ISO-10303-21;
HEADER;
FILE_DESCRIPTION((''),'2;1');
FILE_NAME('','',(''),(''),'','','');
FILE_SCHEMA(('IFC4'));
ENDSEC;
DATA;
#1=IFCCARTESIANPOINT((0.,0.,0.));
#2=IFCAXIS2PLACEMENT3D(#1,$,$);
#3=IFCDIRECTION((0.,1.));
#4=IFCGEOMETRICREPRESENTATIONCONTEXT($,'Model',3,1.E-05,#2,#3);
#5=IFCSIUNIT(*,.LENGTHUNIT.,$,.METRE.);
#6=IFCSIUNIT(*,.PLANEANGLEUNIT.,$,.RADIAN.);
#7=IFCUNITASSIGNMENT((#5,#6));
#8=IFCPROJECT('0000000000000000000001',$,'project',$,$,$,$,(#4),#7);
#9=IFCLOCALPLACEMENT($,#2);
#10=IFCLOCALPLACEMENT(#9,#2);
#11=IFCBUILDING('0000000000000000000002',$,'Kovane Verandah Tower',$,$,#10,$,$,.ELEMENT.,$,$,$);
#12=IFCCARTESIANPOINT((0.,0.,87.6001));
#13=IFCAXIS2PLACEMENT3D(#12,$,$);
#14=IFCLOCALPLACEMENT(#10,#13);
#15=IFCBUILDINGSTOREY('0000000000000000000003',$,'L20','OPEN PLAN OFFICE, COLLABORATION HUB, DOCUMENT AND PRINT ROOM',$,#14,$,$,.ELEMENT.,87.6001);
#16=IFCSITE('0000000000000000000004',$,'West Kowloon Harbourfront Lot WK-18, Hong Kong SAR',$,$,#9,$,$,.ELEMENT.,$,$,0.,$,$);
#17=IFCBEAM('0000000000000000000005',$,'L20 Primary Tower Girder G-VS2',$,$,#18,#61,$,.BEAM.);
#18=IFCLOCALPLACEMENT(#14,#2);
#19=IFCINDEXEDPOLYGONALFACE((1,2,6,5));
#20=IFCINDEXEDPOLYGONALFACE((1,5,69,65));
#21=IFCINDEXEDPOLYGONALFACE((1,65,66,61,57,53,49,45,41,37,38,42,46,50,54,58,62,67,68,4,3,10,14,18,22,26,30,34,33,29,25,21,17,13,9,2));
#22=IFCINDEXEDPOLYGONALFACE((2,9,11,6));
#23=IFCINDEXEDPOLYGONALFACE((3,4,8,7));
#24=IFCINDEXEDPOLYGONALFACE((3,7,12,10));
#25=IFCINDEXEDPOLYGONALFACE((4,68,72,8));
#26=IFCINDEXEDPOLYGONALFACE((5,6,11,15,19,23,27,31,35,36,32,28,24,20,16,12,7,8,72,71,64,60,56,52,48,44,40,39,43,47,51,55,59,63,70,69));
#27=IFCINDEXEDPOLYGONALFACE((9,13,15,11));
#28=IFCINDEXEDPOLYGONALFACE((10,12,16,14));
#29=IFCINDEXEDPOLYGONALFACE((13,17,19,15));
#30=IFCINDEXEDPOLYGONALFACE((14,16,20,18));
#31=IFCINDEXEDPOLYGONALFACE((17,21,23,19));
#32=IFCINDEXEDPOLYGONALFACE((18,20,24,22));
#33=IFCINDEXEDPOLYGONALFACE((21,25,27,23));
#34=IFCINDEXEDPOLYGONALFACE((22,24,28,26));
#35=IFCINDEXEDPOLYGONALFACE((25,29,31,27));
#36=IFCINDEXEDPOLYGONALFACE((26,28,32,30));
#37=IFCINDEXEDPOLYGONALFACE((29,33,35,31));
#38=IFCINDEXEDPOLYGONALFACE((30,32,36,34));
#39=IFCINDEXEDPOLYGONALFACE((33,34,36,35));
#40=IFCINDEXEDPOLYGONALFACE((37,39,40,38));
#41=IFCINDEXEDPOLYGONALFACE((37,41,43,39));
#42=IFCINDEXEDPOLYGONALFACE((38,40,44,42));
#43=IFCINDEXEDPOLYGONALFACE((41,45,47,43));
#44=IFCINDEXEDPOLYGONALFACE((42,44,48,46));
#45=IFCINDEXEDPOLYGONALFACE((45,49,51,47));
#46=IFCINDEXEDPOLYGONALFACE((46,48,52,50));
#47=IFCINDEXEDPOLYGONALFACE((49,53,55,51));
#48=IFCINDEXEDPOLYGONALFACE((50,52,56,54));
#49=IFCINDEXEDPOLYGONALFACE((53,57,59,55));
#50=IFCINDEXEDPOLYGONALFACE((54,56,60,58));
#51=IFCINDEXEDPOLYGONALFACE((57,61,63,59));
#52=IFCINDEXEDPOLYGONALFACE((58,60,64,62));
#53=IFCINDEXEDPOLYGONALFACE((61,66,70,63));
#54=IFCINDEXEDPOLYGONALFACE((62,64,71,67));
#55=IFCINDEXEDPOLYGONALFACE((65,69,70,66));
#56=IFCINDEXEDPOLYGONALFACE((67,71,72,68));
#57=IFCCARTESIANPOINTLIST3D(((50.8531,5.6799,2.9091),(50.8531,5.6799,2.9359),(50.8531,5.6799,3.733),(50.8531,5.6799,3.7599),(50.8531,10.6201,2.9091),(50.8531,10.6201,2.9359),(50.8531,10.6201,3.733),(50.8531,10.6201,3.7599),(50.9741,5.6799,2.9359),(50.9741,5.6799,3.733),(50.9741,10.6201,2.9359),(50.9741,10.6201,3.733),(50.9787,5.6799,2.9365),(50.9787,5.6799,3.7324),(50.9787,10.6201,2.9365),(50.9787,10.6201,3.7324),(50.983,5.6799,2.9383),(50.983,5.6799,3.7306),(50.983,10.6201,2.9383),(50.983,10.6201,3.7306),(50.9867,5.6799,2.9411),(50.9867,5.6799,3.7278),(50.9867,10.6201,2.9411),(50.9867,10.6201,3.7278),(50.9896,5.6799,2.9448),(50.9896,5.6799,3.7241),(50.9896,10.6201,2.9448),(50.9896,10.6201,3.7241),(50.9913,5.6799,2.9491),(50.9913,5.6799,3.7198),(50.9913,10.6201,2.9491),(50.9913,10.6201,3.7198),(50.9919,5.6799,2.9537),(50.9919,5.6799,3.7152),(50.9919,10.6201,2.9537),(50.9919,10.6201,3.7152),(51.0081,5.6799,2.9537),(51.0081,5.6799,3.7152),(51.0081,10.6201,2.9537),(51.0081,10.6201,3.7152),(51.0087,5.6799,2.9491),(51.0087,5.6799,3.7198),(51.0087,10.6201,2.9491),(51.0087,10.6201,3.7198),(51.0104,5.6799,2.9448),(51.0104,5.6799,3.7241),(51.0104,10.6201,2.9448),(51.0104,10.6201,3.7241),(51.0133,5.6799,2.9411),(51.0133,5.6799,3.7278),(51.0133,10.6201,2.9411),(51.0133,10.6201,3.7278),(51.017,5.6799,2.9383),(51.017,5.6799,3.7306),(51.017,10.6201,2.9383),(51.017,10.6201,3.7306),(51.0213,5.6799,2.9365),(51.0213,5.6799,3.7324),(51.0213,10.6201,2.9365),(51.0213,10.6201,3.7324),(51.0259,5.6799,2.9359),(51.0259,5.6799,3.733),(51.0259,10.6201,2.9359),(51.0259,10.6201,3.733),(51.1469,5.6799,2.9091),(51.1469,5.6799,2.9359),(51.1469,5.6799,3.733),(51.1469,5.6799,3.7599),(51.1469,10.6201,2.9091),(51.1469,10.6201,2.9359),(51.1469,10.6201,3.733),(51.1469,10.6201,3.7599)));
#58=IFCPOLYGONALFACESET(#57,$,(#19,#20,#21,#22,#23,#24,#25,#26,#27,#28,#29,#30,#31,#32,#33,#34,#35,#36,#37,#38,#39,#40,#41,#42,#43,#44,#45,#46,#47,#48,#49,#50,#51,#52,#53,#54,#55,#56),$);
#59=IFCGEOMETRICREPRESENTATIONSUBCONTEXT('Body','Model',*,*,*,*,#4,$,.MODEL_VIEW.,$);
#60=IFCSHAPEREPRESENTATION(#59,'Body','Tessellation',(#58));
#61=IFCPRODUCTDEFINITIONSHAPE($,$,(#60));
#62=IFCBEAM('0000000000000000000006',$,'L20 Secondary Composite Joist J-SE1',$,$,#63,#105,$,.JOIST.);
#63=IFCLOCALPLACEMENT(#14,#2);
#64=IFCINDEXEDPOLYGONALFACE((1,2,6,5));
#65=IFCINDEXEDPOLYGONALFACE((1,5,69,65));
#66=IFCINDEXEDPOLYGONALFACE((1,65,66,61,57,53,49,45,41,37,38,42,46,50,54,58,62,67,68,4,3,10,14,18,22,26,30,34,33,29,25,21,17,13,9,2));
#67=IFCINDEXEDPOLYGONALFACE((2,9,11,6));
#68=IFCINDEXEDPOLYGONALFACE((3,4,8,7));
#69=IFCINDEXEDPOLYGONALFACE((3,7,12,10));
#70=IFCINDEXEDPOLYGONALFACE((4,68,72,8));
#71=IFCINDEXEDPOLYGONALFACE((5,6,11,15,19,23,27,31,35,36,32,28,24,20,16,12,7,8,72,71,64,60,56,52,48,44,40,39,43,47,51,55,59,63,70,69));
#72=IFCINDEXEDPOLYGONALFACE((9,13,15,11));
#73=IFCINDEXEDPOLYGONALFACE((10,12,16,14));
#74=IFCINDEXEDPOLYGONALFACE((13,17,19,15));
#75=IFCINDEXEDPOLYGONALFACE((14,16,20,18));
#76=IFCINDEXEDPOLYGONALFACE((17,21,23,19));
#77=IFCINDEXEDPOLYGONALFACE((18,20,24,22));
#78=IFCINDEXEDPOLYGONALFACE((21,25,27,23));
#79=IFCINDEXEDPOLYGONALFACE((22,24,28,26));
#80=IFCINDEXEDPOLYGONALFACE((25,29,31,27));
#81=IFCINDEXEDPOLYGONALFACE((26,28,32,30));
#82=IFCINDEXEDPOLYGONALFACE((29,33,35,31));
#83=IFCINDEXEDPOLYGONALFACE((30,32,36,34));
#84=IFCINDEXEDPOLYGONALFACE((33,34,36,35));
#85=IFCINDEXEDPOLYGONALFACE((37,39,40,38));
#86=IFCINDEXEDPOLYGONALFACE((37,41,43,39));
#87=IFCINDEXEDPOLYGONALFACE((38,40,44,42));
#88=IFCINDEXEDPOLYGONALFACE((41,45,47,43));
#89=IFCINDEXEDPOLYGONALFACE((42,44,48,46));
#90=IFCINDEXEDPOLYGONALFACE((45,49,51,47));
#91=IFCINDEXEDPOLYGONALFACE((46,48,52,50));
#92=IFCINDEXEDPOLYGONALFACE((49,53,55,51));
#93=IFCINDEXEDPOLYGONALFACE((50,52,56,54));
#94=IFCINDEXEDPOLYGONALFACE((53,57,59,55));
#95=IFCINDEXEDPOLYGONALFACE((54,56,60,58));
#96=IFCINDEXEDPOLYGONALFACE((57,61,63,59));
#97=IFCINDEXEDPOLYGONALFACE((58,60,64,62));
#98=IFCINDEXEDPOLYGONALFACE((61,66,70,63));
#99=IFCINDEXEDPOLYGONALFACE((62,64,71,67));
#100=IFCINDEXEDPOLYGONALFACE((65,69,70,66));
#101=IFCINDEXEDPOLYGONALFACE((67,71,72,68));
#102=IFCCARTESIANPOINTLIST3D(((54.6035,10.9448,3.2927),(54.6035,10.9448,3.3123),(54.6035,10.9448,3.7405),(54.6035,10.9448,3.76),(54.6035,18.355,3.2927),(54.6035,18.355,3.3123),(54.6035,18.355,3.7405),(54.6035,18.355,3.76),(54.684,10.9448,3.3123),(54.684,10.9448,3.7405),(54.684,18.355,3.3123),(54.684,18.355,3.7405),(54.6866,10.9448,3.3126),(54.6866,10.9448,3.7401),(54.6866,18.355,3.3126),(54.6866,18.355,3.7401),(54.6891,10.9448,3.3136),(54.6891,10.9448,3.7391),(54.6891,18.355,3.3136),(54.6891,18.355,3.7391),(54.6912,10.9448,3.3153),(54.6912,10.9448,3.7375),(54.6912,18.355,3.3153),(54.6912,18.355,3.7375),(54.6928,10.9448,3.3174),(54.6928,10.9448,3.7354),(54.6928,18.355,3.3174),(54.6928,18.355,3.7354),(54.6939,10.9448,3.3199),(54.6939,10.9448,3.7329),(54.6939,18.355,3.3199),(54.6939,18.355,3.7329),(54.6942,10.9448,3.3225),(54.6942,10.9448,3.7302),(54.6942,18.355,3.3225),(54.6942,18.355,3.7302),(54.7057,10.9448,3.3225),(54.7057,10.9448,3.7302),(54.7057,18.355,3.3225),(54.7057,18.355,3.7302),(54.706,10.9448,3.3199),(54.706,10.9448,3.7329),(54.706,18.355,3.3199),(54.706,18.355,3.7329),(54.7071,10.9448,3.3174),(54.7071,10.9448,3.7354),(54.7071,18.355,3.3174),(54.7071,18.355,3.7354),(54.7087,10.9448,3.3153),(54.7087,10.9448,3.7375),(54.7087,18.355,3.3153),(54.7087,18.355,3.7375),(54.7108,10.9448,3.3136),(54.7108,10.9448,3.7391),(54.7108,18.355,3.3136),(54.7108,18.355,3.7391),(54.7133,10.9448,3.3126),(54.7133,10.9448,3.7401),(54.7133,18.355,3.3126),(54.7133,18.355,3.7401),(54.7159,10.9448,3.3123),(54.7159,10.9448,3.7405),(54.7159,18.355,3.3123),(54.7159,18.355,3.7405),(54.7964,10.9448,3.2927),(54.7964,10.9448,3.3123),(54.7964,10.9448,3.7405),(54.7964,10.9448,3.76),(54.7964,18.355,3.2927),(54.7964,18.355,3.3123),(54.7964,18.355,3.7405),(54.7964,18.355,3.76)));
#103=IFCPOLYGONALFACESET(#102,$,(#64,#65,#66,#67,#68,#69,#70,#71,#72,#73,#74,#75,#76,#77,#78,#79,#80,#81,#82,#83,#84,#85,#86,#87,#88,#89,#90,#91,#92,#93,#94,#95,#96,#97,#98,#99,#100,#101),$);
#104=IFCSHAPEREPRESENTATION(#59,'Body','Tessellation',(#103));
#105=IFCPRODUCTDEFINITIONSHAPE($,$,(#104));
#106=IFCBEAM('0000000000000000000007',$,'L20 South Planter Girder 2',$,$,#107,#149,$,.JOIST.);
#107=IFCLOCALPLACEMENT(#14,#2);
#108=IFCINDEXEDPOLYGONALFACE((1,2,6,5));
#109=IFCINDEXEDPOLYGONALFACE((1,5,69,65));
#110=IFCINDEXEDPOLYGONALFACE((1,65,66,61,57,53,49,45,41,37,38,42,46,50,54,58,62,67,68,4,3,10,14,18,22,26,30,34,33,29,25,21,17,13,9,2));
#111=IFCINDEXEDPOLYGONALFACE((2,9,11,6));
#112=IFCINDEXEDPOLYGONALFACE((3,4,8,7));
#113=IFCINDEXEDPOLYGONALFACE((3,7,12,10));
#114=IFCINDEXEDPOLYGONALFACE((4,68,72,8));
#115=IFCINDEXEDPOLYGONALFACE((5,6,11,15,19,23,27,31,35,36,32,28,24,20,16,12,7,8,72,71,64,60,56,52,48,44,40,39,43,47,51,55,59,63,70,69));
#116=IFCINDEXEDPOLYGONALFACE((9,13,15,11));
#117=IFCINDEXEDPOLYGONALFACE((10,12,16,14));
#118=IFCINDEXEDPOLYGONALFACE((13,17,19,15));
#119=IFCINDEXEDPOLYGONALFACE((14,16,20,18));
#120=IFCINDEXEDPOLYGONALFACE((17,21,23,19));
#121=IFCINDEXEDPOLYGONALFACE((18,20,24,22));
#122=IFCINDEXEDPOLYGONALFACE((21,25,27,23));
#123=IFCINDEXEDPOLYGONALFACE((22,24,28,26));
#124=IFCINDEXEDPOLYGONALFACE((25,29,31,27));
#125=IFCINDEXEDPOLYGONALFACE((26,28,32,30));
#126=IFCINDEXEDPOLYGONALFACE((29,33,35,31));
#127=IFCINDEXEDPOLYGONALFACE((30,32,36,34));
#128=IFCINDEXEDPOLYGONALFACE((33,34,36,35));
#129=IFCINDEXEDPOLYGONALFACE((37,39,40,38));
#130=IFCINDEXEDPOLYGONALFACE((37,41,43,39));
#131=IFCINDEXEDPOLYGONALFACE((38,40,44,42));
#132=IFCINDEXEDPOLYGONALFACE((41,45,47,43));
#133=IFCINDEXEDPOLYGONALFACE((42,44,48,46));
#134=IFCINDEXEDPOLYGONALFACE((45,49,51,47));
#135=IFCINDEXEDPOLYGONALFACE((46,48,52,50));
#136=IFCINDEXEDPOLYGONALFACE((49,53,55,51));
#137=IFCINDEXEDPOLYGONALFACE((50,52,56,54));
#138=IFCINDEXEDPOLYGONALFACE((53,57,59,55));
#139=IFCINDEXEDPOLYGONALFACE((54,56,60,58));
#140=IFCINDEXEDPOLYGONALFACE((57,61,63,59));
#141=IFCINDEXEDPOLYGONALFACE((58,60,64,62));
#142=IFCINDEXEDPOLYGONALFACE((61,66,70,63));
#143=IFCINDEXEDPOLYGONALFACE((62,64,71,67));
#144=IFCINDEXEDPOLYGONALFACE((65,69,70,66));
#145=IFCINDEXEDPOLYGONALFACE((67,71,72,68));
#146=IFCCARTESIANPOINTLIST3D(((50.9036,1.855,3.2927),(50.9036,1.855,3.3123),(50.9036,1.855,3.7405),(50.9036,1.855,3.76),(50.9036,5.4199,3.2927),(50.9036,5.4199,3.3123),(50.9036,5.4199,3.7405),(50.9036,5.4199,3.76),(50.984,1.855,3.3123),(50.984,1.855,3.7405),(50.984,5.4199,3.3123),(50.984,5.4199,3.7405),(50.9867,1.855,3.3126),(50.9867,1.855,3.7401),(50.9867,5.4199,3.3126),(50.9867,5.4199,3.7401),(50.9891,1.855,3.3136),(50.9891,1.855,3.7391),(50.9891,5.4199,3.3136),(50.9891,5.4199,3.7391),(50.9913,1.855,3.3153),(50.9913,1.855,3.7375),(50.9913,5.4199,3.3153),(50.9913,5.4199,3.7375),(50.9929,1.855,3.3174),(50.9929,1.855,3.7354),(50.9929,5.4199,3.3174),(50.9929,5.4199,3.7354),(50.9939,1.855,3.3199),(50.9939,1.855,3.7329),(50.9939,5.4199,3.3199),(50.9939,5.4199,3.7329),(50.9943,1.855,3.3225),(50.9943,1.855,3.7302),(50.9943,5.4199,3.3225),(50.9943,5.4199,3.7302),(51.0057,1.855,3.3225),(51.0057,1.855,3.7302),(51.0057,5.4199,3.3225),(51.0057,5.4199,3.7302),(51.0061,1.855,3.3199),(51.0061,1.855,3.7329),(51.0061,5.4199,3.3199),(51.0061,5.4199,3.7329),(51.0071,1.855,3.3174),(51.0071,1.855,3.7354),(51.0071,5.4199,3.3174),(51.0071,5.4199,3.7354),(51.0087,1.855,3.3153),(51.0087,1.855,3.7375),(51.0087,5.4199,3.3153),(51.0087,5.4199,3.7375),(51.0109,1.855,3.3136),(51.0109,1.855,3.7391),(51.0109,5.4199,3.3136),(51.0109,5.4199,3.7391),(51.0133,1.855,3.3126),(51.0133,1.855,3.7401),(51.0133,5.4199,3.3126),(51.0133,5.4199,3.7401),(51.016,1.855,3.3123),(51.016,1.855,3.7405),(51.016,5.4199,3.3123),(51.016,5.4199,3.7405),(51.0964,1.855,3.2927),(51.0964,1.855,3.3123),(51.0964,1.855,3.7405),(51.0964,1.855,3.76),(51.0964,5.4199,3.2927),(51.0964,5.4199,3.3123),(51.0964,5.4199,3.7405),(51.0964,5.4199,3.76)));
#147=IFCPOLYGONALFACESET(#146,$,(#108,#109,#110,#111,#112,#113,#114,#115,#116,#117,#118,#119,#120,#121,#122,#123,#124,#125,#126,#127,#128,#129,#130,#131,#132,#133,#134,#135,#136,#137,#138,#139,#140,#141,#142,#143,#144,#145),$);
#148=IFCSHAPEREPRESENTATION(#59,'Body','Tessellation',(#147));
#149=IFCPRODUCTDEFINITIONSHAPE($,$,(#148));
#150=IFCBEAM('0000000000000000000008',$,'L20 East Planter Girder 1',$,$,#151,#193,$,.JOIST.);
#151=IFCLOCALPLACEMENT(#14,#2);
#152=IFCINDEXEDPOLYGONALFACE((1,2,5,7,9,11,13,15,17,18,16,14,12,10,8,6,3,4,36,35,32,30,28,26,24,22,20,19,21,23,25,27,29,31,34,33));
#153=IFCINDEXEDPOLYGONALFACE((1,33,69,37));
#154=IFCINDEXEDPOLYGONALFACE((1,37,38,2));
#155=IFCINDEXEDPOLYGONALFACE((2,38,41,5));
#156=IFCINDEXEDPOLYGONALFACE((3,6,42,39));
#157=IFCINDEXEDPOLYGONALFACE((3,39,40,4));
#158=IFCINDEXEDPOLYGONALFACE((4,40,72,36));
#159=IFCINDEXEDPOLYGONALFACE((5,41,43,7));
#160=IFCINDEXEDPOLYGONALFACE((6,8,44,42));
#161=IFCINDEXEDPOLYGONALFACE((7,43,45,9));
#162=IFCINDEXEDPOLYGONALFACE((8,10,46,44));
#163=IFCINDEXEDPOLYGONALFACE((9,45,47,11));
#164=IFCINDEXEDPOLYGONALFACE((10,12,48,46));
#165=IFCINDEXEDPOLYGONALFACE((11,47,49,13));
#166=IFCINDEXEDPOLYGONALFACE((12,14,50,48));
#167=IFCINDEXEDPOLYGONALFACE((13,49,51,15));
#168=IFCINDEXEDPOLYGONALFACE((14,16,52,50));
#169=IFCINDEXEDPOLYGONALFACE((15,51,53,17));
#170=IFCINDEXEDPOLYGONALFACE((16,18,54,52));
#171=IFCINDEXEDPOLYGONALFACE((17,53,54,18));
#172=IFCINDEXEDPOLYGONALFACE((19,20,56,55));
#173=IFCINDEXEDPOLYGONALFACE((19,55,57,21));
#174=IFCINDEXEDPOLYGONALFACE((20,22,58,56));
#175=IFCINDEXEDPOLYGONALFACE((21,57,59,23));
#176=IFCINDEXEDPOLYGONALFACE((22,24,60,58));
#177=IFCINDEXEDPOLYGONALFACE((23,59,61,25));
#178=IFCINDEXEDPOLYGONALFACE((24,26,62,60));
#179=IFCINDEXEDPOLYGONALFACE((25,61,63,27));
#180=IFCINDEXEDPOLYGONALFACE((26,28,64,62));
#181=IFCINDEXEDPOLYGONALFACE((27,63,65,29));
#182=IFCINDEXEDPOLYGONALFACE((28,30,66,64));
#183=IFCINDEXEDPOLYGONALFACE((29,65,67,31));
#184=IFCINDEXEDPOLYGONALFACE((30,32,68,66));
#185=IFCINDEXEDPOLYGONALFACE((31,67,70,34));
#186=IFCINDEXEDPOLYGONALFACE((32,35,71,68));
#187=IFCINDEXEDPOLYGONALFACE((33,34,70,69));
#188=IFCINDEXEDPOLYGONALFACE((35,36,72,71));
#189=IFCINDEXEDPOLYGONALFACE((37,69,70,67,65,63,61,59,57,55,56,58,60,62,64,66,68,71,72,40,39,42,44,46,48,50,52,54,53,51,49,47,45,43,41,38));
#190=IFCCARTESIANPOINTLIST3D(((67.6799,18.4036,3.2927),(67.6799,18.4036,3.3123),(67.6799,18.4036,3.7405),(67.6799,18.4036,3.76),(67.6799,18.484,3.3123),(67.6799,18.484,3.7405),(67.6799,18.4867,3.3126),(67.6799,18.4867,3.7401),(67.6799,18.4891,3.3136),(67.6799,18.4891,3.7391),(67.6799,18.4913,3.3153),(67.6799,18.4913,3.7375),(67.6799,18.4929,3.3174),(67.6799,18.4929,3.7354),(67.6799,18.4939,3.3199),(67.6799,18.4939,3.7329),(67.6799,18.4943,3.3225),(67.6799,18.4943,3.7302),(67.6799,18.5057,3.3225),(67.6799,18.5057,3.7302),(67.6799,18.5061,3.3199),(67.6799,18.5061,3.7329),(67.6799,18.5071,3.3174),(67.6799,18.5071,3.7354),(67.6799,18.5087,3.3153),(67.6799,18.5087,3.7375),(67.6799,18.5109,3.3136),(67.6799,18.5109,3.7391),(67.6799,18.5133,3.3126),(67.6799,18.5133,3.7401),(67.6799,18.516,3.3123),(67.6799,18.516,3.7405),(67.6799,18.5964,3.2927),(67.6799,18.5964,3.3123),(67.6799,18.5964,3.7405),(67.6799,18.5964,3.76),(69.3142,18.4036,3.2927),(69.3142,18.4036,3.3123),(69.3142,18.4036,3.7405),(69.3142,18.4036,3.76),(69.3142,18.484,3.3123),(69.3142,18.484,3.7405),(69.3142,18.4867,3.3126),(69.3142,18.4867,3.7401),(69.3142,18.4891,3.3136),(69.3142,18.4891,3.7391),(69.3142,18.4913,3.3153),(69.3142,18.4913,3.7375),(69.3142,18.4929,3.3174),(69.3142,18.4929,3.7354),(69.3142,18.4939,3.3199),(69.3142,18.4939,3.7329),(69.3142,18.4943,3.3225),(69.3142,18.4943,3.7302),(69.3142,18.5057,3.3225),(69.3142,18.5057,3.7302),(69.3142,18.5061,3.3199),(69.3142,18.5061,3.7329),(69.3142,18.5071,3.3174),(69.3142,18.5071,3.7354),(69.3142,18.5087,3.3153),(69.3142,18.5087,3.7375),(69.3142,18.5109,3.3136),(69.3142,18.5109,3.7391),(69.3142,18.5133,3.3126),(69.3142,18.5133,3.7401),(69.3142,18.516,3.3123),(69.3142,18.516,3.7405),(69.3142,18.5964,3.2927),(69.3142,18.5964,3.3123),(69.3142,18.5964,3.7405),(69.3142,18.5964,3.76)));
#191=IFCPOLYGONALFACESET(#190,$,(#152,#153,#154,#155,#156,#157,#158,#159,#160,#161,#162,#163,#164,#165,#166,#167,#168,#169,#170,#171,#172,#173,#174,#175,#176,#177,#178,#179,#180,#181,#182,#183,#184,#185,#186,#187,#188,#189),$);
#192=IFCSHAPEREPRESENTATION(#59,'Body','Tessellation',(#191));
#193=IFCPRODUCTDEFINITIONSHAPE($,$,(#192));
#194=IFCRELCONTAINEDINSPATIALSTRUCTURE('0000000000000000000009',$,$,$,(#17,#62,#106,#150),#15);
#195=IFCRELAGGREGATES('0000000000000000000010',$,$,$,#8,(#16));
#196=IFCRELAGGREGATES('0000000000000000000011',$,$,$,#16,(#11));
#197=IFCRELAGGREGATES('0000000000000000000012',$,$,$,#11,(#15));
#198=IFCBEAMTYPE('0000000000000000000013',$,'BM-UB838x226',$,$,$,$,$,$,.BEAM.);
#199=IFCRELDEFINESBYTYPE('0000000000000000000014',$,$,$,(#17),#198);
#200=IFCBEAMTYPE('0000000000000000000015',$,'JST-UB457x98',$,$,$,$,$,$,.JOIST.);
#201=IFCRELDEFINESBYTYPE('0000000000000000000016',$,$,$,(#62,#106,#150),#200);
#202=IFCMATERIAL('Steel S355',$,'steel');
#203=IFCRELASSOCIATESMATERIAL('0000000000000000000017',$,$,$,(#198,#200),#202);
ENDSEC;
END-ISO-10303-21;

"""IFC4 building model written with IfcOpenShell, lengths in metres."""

from ifc_helpers import new_model, si_unit, direction, frame, origin, origin_2d, place, context, subcontext, project, spatial, i_section, extrude, material, material_profile, profile_set, type_object, element, save


model = new_model("IFC4")

# Units and contexts
model_context = context("Model", 3, precision=1e-05, world=origin(), true_north=direction((0.0, 1.0)))
body_context = subcontext(model_context, "Body", "Model", "MODEL_VIEW")
ifc_project = project(units=[si_unit("LENGTHUNIT", "METRE"), si_unit("PLANEANGLEUNIT", "RADIAN")], contexts=[model_context])

# Site, building, storey
site_placement = place(None, origin())
site = spatial("IfcSite", under=ifc_project, at=site_placement, Name="West Kowloon Harbourfront Lot WK-18, Hong Kong SAR", CompositionType="ELEMENT", RefElevation=0.0)
building_placement = place(site_placement, origin())
building = spatial("IfcBuilding", under=site, at=building_placement, Name="Kovane Verandah Tower", CompositionType="ELEMENT")
storey_placement = place(building_placement, frame((0.0, 0.0, 87.6001)))
storey = spatial("IfcBuildingStorey", under=building, at=storey_placement, Name="L20", Description="OPEN PLAN OFFICE, COLLABORATION HUB, DOCUMENT AND PRINT ROOM", CompositionType="ELEMENT", Elevation=87.6001)

# Beams
ifc_material_1 = material(Name="Steel S355", Category="steel")
ifc_material_profile_1 = material_profile(ifc_material_1, i_section(OverallWidth=0.2937, OverallDepth=0.8508, WebThickness=0.0161, FlangeThickness=0.0269, FilletRadius=0.0178, at=origin_2d()), Name="UB838x292x226")
ifc_profile_set_1 = profile_set([ifc_material_profile_1], Name="Steel S355")
beam_type_1 = type_object("IfcBeamType", Name="BM-UB838x226", PredefinedType="BEAM", material=ifc_profile_set_1)
beam_1_placement = place(storey_placement, frame((51.0, 10.6201, 3.3345), z_axis=(0.0, -1.0, 0.0), x_axis=(1.0, 0.0, 0.0)))
element("IfcBeam", 1, at=beam_1_placement, inside=storey, type_object=beam_type_1, Name="L20 Primary Tower Girder G-VS2", PredefinedType="BEAM", context=body_context, shape_type="SweptSolid", body=[
    extrude(i_section(OverallWidth=0.2937, OverallDepth=0.8508, WebThickness=0.0161, FlangeThickness=0.0269, FilletRadius=0.0178, at=origin_2d()), origin(), (0.0, 0.0, 1.0), 4.9402),
])
ifc_material_profile_2 = material_profile(ifc_material_1, i_section(OverallWidth=0.1929, OverallDepth=0.4673, WebThickness=0.0115, FlangeThickness=0.0195, FilletRadius=0.0103, at=origin_2d()), Name="UB457x191x98")
ifc_profile_set_2 = profile_set([ifc_material_profile_2], Name="Steel S355")
beam_type_2 = type_object("IfcBeamType", Name="JST-UB457x98", PredefinedType="JOIST", material=ifc_profile_set_2)
beam_2_placement = place(storey_placement, frame((54.7, 10.9448, 3.5264), z_axis=(0.0, 1.0, 0.0), x_axis=(-1.0, 0.0, 0.0)))
element("IfcBeam", 2, at=beam_2_placement, inside=storey, type_object=beam_type_2, Name="L20 Secondary Composite Joist J-SE1", PredefinedType="JOIST", context=body_context, shape_type="SweptSolid", body=[
    extrude(i_section(OverallWidth=0.1929, OverallDepth=0.4673, WebThickness=0.0115, FlangeThickness=0.0195, FilletRadius=0.0103, at=origin_2d()), origin(), (0.0, 0.0, 1.0), 7.4102),
])
beam_3_placement = place(storey_placement, frame((51.0, 5.4199, 3.5264), z_axis=(0.0, -1.0, 0.0), x_axis=(1.0, 0.0, 0.0)))
element("IfcBeam", 3, at=beam_3_placement, inside=storey, type_object=beam_type_2, Name="L20 South Planter Girder 2", PredefinedType="JOIST", context=body_context, shape_type="SweptSolid", body=[
    extrude(i_section(OverallWidth=0.1929, OverallDepth=0.4673, WebThickness=0.0115, FlangeThickness=0.0195, FilletRadius=0.0103, at=origin_2d()), origin(), (0.0, 0.0, 1.0), 3.5649),
])
beam_4_placement = place(storey_placement, frame((67.6799, 18.5, 3.5264), z_axis=(1.0, 0.0, 0.0), x_axis=(0.0, 1.0, 0.0)))
element("IfcBeam", 4, at=beam_4_placement, inside=storey, type_object=beam_type_2, Name="L20 East Planter Girder 1", PredefinedType="JOIST", context=body_context, shape_type="SweptSolid", body=[
    extrude(i_section(OverallWidth=0.1929, OverallDepth=0.4673, WebThickness=0.0115, FlangeThickness=0.0195, FilletRadius=0.0103, at=origin_2d()), origin(), (0.0, 0.0, 1.0), 1.6343),
])

save(model, "model.ifc")
